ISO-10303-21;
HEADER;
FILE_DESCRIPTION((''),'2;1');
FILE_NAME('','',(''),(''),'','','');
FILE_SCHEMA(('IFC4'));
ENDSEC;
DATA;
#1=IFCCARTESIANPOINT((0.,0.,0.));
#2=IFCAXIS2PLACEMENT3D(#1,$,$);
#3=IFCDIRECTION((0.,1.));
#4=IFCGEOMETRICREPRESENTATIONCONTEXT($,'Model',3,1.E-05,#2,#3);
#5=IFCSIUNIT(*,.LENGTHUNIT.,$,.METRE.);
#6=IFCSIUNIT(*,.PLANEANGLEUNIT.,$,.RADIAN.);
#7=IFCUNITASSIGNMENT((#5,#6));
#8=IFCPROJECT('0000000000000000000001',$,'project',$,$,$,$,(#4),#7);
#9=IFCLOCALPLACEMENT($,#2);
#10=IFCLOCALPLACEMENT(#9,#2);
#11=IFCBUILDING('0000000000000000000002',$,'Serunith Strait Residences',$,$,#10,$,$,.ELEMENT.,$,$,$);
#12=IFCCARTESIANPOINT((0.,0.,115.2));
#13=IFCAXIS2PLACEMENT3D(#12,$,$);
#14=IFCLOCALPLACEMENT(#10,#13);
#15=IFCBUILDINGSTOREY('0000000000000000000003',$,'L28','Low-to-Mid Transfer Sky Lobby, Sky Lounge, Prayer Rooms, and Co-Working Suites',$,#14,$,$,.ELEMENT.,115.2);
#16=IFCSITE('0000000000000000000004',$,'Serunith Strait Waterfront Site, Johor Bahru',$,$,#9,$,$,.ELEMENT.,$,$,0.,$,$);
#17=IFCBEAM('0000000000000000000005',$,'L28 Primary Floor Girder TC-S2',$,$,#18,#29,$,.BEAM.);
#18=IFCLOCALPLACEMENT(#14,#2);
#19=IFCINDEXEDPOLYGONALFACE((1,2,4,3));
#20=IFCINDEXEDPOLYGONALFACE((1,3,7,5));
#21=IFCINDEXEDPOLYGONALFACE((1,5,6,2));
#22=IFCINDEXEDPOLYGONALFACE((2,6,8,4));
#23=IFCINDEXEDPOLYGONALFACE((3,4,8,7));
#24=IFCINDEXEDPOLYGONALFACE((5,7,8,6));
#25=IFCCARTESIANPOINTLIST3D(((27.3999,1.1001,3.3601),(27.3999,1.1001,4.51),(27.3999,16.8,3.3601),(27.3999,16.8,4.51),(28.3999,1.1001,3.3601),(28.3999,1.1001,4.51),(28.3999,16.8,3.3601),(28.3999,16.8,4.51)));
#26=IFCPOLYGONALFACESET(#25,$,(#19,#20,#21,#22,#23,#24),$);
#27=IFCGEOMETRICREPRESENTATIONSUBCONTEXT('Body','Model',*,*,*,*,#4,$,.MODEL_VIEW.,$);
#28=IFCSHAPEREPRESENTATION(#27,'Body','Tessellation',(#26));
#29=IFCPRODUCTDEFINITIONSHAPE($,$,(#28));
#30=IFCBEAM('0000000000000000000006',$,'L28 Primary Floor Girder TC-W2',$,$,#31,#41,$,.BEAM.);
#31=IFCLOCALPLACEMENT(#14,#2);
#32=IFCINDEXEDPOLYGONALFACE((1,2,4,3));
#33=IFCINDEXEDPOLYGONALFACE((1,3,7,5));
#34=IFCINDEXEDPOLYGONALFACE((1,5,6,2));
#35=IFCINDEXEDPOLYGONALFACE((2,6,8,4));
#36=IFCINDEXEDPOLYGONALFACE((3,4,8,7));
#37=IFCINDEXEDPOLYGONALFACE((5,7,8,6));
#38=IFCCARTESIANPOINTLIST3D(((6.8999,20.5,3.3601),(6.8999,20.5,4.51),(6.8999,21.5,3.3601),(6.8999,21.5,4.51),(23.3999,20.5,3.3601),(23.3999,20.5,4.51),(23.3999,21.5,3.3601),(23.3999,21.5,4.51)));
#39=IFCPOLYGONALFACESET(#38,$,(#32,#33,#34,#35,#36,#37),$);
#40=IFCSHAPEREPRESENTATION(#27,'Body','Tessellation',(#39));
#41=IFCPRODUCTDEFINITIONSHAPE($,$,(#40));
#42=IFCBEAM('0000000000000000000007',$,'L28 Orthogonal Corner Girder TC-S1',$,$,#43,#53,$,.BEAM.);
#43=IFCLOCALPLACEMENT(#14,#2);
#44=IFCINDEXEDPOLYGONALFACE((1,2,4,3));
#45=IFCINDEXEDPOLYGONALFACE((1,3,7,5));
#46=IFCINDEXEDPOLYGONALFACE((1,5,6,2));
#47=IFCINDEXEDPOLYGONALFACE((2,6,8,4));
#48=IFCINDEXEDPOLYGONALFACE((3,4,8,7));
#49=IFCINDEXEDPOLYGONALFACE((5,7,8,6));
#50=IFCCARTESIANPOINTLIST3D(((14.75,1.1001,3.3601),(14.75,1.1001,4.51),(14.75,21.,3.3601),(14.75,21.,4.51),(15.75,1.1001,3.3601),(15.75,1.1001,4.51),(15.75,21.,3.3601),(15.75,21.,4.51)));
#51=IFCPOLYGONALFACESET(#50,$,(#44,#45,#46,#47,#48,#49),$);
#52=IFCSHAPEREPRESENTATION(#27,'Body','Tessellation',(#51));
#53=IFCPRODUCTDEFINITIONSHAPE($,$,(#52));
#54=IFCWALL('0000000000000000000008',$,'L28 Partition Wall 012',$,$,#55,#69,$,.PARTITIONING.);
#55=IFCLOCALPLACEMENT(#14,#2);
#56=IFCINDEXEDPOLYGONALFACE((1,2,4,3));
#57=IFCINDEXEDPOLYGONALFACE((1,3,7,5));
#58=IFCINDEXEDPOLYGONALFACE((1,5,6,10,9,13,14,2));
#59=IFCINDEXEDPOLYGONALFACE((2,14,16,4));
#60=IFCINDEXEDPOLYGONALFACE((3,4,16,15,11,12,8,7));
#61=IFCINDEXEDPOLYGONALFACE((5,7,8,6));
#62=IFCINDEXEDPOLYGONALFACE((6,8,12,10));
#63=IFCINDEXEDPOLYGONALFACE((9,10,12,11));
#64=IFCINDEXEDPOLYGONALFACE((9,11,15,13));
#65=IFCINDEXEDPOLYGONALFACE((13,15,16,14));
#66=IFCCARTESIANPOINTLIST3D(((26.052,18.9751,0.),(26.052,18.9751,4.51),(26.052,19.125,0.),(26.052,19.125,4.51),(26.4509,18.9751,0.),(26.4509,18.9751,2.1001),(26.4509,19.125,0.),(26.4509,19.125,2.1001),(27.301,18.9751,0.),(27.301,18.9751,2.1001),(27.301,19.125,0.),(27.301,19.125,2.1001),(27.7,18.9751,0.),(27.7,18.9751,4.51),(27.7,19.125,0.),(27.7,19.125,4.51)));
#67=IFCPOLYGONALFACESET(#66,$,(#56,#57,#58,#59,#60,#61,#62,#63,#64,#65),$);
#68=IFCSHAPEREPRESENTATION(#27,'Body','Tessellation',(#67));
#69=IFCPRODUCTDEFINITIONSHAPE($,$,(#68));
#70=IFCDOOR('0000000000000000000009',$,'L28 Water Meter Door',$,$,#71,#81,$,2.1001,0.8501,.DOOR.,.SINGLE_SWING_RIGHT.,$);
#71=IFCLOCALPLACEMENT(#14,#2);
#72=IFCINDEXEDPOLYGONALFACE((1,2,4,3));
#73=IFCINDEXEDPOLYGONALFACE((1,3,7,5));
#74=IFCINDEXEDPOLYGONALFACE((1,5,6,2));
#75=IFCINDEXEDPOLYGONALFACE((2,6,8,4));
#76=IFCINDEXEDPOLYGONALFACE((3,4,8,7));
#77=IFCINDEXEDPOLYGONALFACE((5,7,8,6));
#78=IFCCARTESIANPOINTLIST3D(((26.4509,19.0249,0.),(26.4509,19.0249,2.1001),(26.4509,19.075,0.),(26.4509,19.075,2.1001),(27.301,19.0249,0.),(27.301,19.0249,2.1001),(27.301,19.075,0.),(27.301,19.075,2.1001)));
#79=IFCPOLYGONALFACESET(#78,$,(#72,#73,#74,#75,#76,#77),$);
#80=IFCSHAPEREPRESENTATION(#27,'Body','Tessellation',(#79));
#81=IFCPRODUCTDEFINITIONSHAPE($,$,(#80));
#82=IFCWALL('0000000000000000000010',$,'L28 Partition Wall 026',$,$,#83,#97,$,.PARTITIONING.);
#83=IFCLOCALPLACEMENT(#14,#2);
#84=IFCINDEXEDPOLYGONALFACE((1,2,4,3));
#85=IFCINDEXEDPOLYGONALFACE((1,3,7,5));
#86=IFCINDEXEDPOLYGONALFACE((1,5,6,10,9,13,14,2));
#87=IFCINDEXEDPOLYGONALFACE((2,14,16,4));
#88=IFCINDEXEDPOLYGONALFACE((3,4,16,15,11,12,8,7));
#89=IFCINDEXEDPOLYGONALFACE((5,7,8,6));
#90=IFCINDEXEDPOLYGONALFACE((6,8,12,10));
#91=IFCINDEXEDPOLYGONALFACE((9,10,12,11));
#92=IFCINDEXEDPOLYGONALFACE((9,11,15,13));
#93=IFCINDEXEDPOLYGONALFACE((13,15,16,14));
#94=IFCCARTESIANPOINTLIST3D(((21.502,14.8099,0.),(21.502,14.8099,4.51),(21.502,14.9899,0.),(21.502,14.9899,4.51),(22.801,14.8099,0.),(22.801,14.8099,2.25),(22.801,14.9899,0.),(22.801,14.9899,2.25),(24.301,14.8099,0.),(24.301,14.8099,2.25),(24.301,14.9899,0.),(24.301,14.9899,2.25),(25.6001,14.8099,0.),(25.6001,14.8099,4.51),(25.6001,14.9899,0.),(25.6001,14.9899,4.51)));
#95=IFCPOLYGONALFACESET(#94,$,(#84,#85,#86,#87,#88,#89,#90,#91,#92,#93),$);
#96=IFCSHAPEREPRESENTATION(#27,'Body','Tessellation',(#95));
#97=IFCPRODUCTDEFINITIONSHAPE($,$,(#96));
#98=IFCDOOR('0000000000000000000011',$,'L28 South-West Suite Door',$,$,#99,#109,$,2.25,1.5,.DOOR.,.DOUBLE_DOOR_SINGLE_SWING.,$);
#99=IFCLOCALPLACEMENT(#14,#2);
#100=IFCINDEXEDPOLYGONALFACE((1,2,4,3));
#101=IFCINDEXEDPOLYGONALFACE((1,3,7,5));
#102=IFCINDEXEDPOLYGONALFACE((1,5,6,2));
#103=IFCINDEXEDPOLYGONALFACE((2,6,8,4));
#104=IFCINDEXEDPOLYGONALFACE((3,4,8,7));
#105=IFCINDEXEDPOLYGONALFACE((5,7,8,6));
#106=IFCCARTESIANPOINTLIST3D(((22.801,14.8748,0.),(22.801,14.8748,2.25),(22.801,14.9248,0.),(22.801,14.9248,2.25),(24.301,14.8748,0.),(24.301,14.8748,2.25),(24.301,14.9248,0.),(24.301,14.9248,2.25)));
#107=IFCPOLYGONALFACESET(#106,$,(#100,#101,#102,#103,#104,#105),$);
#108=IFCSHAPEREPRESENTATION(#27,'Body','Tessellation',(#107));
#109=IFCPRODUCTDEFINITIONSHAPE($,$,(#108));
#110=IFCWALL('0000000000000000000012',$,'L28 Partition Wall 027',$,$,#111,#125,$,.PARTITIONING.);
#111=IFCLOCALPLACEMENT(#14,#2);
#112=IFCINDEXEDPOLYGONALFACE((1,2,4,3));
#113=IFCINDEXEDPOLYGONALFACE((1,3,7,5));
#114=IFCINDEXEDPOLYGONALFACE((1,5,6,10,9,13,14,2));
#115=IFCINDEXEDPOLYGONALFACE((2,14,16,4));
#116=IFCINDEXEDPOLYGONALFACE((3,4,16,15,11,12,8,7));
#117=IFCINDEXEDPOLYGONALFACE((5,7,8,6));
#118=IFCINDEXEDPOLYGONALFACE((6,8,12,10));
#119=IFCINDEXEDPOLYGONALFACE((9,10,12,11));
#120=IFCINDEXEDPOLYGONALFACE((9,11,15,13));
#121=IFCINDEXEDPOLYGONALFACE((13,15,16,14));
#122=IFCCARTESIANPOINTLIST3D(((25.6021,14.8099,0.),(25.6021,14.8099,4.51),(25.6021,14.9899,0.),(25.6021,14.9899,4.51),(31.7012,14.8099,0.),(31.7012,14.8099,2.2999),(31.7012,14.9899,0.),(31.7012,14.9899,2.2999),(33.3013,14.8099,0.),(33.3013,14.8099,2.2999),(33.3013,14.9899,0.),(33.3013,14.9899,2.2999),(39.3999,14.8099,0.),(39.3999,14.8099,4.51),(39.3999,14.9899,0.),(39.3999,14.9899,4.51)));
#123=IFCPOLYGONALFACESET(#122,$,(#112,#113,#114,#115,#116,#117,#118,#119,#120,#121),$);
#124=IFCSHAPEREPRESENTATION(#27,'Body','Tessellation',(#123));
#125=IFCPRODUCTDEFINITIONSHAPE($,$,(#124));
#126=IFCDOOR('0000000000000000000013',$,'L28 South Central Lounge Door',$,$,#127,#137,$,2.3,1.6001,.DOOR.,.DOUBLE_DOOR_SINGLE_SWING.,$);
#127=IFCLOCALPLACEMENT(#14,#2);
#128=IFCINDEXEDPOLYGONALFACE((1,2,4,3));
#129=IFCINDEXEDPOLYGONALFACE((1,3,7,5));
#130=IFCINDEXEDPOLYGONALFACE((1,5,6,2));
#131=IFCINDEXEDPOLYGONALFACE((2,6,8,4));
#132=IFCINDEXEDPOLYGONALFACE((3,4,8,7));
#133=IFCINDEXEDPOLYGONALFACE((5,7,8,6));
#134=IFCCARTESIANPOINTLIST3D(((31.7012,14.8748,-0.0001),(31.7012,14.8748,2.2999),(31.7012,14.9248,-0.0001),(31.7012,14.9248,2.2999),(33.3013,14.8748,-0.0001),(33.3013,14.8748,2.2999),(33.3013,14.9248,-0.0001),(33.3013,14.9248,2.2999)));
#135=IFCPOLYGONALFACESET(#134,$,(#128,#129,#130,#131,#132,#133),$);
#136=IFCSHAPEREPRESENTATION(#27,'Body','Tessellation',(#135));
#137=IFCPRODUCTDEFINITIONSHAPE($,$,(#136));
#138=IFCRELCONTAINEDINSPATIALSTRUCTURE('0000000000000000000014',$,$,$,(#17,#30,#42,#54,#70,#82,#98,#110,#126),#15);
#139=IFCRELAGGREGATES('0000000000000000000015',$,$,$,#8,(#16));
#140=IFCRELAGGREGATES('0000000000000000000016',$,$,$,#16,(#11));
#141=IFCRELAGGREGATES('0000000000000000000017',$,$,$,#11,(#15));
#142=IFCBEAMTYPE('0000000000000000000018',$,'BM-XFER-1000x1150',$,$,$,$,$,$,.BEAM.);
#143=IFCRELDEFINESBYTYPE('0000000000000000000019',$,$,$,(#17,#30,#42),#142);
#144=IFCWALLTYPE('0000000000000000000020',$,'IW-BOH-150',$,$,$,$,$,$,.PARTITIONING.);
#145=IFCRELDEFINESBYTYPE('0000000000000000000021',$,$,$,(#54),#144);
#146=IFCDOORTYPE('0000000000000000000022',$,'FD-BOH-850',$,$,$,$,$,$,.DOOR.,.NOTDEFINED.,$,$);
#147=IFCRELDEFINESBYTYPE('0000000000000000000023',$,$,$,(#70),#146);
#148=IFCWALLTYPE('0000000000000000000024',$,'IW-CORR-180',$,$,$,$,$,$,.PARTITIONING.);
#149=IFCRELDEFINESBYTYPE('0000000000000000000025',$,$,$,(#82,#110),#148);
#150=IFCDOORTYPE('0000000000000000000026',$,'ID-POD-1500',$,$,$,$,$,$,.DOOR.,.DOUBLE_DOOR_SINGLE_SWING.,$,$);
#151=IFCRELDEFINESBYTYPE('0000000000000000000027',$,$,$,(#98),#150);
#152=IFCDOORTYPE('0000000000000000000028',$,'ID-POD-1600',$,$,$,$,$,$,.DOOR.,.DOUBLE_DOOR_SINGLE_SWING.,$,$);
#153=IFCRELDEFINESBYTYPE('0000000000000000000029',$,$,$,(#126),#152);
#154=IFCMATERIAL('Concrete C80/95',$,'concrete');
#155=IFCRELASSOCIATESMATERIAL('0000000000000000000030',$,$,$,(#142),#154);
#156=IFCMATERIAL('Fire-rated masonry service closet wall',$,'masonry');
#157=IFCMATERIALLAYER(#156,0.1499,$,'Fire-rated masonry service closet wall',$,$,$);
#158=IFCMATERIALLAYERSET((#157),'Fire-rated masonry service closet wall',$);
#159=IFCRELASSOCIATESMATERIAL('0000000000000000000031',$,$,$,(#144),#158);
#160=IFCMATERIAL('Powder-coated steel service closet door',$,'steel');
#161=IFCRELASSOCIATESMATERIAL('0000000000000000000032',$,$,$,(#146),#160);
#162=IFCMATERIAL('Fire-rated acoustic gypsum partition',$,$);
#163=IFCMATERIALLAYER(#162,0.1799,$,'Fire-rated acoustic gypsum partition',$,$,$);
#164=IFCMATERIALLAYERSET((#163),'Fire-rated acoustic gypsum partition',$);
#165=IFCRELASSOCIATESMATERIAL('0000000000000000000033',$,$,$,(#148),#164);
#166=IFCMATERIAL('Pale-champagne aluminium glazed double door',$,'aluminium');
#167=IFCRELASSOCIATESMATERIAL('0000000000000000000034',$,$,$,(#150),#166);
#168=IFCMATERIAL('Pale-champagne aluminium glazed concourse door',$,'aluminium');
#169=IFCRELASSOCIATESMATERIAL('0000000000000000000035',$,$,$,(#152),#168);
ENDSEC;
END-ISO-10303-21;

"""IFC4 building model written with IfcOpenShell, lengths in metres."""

from ifc_helpers import new_model, si_unit, direction, frame, frame_2d, origin, origin_2d, place, context, subcontext, project, spatial, rectangle, extrude, source, transform, mapped, material, layer, layer_set, material_profile, profile_set, type_object, element, fill, save


model = new_model("IFC4")

# Units and contexts
model_context = context("Model", 3, precision=1e-05, world=origin(), true_north=direction((0.0, 1.0)))
body_context = subcontext(model_context, "Body", "Model", "MODEL_VIEW")
ifc_project = project(units=[si_unit("LENGTHUNIT", "METRE"), si_unit("PLANEANGLEUNIT", "RADIAN")], contexts=[model_context])

# Site, building, storey
site_placement = place(None, origin())
site = spatial("IfcSite", under=ifc_project, at=site_placement, Name="Serunith Strait Waterfront Site, Johor Bahru", CompositionType="ELEMENT", RefElevation=0.0)
building_placement = place(site_placement, origin())
building = spatial("IfcBuilding", under=site, at=building_placement, Name="Serunith Strait Residences", CompositionType="ELEMENT")
storey_placement = place(building_placement, frame((0.0, 0.0, 115.2)))
storey = spatial("IfcBuildingStorey", under=building, at=storey_placement, Name="L28", Description="Low-to-Mid Transfer Sky Lobby, Sky Lounge, Prayer Rooms, and Co-Working Suites", CompositionType="ELEMENT", Elevation=115.2)

# Beams
ifc_material_1 = material(Name="Concrete C80/95", Category="concrete")
ifc_material_profile = material_profile(ifc_material_1, rectangle(XDim=1.0, YDim=1.1499, at=origin_2d()), Name="RC 1000x1150")
ifc_profile_set = profile_set([ifc_material_profile], Name="Concrete C80/95")
beam_type = type_object("IfcBeamType", Name="BM-XFER-1000x1150", PredefinedType="BEAM", material=ifc_profile_set)
shared_shape_1 = source(origin(), body_context, "Body", "SweptSolid", [
    extrude(rectangle(XDim=1.0, YDim=1.1499, at=origin_2d()), origin(), (0.0, 0.0, 1.0), 15.7),
])
beam_1_placement = place(storey_placement, frame((27.8999, 16.8, 3.9351), z_axis=(0.0, -1.0, 0.0), x_axis=(1.0, 0.0, 0.0)))
element("IfcBeam", 1, at=beam_1_placement, inside=storey, type_object=beam_type, Name="L28 Primary Floor Girder TC-S2", PredefinedType="BEAM", context=body_context, shape_type="MappedRepresentation", body=[
    mapped(shared_shape_1, transform((0.0, 0.0, 0.0), scale=1.0)),
])
shared_shape_2 = source(origin(), body_context, "Body", "SweptSolid", [
    extrude(rectangle(XDim=1.0, YDim=1.1499, at=origin_2d()), origin(), (0.0, 0.0, 1.0), 16.5),
])
beam_2_placement = place(storey_placement, frame((23.3999, 21.0, 3.9351), z_axis=(-1.0, 0.0, 0.0), x_axis=(0.0, -1.0, 0.0)))
element("IfcBeam", 2, at=beam_2_placement, inside=storey, type_object=beam_type, Name="L28 Primary Floor Girder TC-W2", PredefinedType="BEAM", context=body_context, shape_type="MappedRepresentation", body=[
    mapped(shared_shape_2, transform((0.0, 0.0, 0.0), scale=1.0)),
])
shared_shape_3 = source(origin(), body_context, "Body", "SweptSolid", [
    extrude(rectangle(XDim=1.0, YDim=1.1499, at=origin_2d()), origin(), (0.0, 0.0, 1.0), 19.8999),
])
beam_3_placement = place(storey_placement, frame((15.25, 21.0, 3.9351), z_axis=(0.0, -1.0, 0.0), x_axis=(1.0, 0.0, 0.0)))
element("IfcBeam", 3, at=beam_3_placement, inside=storey, type_object=beam_type, Name="L28 Orthogonal Corner Girder TC-S1", PredefinedType="BEAM", context=body_context, shape_type="MappedRepresentation", body=[
    mapped(shared_shape_3, transform((0.0, 0.0, 0.0), scale=1.0)),
])

# Walls, openings, doors
ifc_material_2 = material(Name="Fire-rated masonry service closet wall", Category="masonry")
ifc_layer_1 = layer(ifc_material_2, 0.1499, Name="Fire-rated masonry service closet wall")
ifc_layer_set_1 = layer_set([ifc_layer_1], Name="Fire-rated masonry service closet wall")
wall_type_1 = type_object("IfcWallType", Name="IW-BOH-150", PredefinedType="PARTITIONING", material=ifc_layer_set_1)
wall_1_placement = place(storey_placement, frame((26.052, 19.05, 0.0), z_axis=(0.0, 0.0, 1.0), x_axis=(1.0, 0.0, 0.0)))
wall_1 = element("IfcWall", 4, at=wall_1_placement, inside=storey, type_object=wall_type_1, Name="L28 Partition Wall 012", PredefinedType="PARTITIONING", context=body_context, shape_type="SweptSolid", body=[
    extrude(rectangle(XDim=1.6479, YDim=0.1499, at=frame_2d((0.824, 0.0))), origin(), (0.0, 0.0, 1.0), 4.51),
])
opening_1_placement = place(wall_1_placement, frame((0.3989, 0.0, 0.0)))
opening_1 = element("IfcOpeningElement", 5, at=opening_1_placement, cuts=wall_1, PredefinedType="OPENING", context=body_context, shape_type="SweptSolid", body=[
    extrude(rectangle(XDim=0.8501, YDim=2.1001, at=frame_2d((0.425, 1.05))), frame((0.0, 0.085, 0.0), z_axis=(0.0, -1.0, 0.0), x_axis=(1.0, 0.0, 0.0)), (0.0, 0.0, 1.0), 0.1699),
])
ifc_material_3 = material(Name="Powder-coated steel service closet door", Category="steel")
door_type_1 = type_object("IfcDoorType", Name="FD-BOH-850", OperationType="NOTDEFINED", PredefinedType="DOOR", material=ifc_material_3)
shared_shape_4 = source(origin(), body_context, "Body", "SweptSolid", [
    extrude(rectangle(XDim=0.8501, YDim=2.1001, at=frame_2d((0.425, 1.05))), frame((0.0, 0.0249, 0.0), z_axis=(0.0, -1.0, 0.0), x_axis=(1.0, 0.0, 0.0)), (0.0, 0.0, 1.0), 0.05),
])
door_1_placement = place(opening_1_placement, origin())
door_1 = element("IfcDoor", 6, at=door_1_placement, inside=storey, type_object=door_type_1, Name="L28 Water Meter Door", OperationType="SINGLE_SWING_RIGHT", OverallHeight=2.1001, OverallWidth=0.8501, PredefinedType="DOOR", context=body_context, shape_type="MappedRepresentation", body=[
    mapped(shared_shape_4, transform((0.0, 0.0, 0.0), scale=1.0)),
])
fill(opening_1, door_1)
ifc_material_4 = material(Name="Fire-rated acoustic gypsum partition")
ifc_layer_2 = layer(ifc_material_4, 0.1799, Name="Fire-rated acoustic gypsum partition")
ifc_layer_set_2 = layer_set([ifc_layer_2], Name="Fire-rated acoustic gypsum partition")
wall_type_2 = type_object("IfcWallType", Name="IW-CORR-180", PredefinedType="PARTITIONING", material=ifc_layer_set_2)
wall_2_placement = place(storey_placement, frame((21.502, 14.8999, 0.0), z_axis=(0.0, 0.0, 1.0), x_axis=(1.0, 0.0, 0.0)))
wall_2 = element("IfcWall", 7, at=wall_2_placement, inside=storey, type_object=wall_type_2, Name="L28 Partition Wall 026", PredefinedType="PARTITIONING", context=body_context, shape_type="SweptSolid", body=[
    extrude(rectangle(XDim=4.0981, YDim=0.1799, at=frame_2d((2.0491, 0.0))), origin(), (0.0, 0.0, 1.0), 4.51),
])
opening_2_placement = place(wall_2_placement, frame((1.2991, 0.0, 0.0)))
opening_2 = element("IfcOpeningElement", 8, at=opening_2_placement, cuts=wall_2, PredefinedType="OPENING", context=body_context, shape_type="SweptSolid", body=[
    extrude(rectangle(XDim=1.5, YDim=2.25, at=frame_2d((0.75, 1.125))), frame((0.0, 0.1001, 0.0), z_axis=(0.0, -1.0, 0.0), x_axis=(1.0, 0.0, 0.0)), (0.0, 0.0, 1.0), 0.2),
])
ifc_material_5 = material(Name="Pale-champagne aluminium glazed double door", Category="aluminium")
door_type_2 = type_object("IfcDoorType", Name="ID-POD-1500", OperationType="DOUBLE_DOOR_SINGLE_SWING", PredefinedType="DOOR", material=ifc_material_5)
shared_shape_5 = source(origin(), body_context, "Body", "SweptSolid", [
    extrude(rectangle(XDim=1.5, YDim=2.25, at=frame_2d((0.75, 1.125))), frame((0.0, 0.0249, 0.0), z_axis=(0.0, -1.0, 0.0), x_axis=(1.0, 0.0, 0.0)), (0.0, 0.0, 1.0), 0.05),
])
door_2_placement = place(opening_2_placement, origin())
door_2 = element("IfcDoor", 9, at=door_2_placement, inside=storey, type_object=door_type_2, Name="L28 South-West Suite Door", OperationType="DOUBLE_DOOR_SINGLE_SWING", OverallHeight=2.25, OverallWidth=1.5, PredefinedType="DOOR", context=body_context, shape_type="MappedRepresentation", body=[
    mapped(shared_shape_5, transform((0.0, 0.0, 0.0), scale=1.0)),
])
fill(opening_2, door_2)
wall_3_placement = place(storey_placement, frame((25.6021, 14.8999, 0.0), z_axis=(0.0, 0.0, 1.0), x_axis=(1.0, 0.0, 0.0)))
wall_3 = element("IfcWall", 10, at=wall_3_placement, inside=storey, type_object=wall_type_2, Name="L28 Partition Wall 027", PredefinedType="PARTITIONING", context=body_context, shape_type="SweptSolid", body=[
    extrude(rectangle(XDim=13.7979, YDim=0.1799, at=frame_2d((6.8989, 0.0))), origin(), (0.0, 0.0, 1.0), 4.51),
])
opening_3_placement = place(wall_3_placement, frame((6.0991, 0.0, 0.0)))
opening_3 = element("IfcOpeningElement", 11, at=opening_3_placement, cuts=wall_3, PredefinedType="OPENING", context=body_context, shape_type="SweptSolid", body=[
    extrude(rectangle(XDim=1.6001, YDim=2.3, at=frame_2d((0.8, 1.1499))), frame((0.0, 0.1001, 0.0), z_axis=(0.0, -1.0, 0.0), x_axis=(1.0, 0.0, 0.0)), (0.0, 0.0, 1.0), 0.2),
])
ifc_material_6 = material(Name="Pale-champagne aluminium glazed concourse door", Category="aluminium")
door_type_3 = type_object("IfcDoorType", Name="ID-POD-1600", OperationType="DOUBLE_DOOR_SINGLE_SWING", PredefinedType="DOOR", material=ifc_material_6)
shared_shape_6 = source(origin(), body_context, "Body", "SweptSolid", [
    extrude(rectangle(XDim=1.6001, YDim=2.3, at=frame_2d((0.8, 1.1499))), frame((0.0, 0.0249, 0.0), z_axis=(0.0, -1.0, 0.0), x_axis=(1.0, 0.0, 0.0)), (0.0, 0.0, 1.0), 0.05),
])
door_3_placement = place(opening_3_placement, origin())
door_3 = element("IfcDoor", 12, at=door_3_placement, inside=storey, type_object=door_type_3, Name="L28 South Central Lounge Door", OperationType="DOUBLE_DOOR_SINGLE_SWING", OverallHeight=2.3, OverallWidth=1.6001, PredefinedType="DOOR", context=body_context, shape_type="MappedRepresentation", body=[
    mapped(shared_shape_6, transform((0.0, 0.0, 0.0), scale=1.0)),
])
fill(opening_3, door_3)

save(model, "model.ifc")
